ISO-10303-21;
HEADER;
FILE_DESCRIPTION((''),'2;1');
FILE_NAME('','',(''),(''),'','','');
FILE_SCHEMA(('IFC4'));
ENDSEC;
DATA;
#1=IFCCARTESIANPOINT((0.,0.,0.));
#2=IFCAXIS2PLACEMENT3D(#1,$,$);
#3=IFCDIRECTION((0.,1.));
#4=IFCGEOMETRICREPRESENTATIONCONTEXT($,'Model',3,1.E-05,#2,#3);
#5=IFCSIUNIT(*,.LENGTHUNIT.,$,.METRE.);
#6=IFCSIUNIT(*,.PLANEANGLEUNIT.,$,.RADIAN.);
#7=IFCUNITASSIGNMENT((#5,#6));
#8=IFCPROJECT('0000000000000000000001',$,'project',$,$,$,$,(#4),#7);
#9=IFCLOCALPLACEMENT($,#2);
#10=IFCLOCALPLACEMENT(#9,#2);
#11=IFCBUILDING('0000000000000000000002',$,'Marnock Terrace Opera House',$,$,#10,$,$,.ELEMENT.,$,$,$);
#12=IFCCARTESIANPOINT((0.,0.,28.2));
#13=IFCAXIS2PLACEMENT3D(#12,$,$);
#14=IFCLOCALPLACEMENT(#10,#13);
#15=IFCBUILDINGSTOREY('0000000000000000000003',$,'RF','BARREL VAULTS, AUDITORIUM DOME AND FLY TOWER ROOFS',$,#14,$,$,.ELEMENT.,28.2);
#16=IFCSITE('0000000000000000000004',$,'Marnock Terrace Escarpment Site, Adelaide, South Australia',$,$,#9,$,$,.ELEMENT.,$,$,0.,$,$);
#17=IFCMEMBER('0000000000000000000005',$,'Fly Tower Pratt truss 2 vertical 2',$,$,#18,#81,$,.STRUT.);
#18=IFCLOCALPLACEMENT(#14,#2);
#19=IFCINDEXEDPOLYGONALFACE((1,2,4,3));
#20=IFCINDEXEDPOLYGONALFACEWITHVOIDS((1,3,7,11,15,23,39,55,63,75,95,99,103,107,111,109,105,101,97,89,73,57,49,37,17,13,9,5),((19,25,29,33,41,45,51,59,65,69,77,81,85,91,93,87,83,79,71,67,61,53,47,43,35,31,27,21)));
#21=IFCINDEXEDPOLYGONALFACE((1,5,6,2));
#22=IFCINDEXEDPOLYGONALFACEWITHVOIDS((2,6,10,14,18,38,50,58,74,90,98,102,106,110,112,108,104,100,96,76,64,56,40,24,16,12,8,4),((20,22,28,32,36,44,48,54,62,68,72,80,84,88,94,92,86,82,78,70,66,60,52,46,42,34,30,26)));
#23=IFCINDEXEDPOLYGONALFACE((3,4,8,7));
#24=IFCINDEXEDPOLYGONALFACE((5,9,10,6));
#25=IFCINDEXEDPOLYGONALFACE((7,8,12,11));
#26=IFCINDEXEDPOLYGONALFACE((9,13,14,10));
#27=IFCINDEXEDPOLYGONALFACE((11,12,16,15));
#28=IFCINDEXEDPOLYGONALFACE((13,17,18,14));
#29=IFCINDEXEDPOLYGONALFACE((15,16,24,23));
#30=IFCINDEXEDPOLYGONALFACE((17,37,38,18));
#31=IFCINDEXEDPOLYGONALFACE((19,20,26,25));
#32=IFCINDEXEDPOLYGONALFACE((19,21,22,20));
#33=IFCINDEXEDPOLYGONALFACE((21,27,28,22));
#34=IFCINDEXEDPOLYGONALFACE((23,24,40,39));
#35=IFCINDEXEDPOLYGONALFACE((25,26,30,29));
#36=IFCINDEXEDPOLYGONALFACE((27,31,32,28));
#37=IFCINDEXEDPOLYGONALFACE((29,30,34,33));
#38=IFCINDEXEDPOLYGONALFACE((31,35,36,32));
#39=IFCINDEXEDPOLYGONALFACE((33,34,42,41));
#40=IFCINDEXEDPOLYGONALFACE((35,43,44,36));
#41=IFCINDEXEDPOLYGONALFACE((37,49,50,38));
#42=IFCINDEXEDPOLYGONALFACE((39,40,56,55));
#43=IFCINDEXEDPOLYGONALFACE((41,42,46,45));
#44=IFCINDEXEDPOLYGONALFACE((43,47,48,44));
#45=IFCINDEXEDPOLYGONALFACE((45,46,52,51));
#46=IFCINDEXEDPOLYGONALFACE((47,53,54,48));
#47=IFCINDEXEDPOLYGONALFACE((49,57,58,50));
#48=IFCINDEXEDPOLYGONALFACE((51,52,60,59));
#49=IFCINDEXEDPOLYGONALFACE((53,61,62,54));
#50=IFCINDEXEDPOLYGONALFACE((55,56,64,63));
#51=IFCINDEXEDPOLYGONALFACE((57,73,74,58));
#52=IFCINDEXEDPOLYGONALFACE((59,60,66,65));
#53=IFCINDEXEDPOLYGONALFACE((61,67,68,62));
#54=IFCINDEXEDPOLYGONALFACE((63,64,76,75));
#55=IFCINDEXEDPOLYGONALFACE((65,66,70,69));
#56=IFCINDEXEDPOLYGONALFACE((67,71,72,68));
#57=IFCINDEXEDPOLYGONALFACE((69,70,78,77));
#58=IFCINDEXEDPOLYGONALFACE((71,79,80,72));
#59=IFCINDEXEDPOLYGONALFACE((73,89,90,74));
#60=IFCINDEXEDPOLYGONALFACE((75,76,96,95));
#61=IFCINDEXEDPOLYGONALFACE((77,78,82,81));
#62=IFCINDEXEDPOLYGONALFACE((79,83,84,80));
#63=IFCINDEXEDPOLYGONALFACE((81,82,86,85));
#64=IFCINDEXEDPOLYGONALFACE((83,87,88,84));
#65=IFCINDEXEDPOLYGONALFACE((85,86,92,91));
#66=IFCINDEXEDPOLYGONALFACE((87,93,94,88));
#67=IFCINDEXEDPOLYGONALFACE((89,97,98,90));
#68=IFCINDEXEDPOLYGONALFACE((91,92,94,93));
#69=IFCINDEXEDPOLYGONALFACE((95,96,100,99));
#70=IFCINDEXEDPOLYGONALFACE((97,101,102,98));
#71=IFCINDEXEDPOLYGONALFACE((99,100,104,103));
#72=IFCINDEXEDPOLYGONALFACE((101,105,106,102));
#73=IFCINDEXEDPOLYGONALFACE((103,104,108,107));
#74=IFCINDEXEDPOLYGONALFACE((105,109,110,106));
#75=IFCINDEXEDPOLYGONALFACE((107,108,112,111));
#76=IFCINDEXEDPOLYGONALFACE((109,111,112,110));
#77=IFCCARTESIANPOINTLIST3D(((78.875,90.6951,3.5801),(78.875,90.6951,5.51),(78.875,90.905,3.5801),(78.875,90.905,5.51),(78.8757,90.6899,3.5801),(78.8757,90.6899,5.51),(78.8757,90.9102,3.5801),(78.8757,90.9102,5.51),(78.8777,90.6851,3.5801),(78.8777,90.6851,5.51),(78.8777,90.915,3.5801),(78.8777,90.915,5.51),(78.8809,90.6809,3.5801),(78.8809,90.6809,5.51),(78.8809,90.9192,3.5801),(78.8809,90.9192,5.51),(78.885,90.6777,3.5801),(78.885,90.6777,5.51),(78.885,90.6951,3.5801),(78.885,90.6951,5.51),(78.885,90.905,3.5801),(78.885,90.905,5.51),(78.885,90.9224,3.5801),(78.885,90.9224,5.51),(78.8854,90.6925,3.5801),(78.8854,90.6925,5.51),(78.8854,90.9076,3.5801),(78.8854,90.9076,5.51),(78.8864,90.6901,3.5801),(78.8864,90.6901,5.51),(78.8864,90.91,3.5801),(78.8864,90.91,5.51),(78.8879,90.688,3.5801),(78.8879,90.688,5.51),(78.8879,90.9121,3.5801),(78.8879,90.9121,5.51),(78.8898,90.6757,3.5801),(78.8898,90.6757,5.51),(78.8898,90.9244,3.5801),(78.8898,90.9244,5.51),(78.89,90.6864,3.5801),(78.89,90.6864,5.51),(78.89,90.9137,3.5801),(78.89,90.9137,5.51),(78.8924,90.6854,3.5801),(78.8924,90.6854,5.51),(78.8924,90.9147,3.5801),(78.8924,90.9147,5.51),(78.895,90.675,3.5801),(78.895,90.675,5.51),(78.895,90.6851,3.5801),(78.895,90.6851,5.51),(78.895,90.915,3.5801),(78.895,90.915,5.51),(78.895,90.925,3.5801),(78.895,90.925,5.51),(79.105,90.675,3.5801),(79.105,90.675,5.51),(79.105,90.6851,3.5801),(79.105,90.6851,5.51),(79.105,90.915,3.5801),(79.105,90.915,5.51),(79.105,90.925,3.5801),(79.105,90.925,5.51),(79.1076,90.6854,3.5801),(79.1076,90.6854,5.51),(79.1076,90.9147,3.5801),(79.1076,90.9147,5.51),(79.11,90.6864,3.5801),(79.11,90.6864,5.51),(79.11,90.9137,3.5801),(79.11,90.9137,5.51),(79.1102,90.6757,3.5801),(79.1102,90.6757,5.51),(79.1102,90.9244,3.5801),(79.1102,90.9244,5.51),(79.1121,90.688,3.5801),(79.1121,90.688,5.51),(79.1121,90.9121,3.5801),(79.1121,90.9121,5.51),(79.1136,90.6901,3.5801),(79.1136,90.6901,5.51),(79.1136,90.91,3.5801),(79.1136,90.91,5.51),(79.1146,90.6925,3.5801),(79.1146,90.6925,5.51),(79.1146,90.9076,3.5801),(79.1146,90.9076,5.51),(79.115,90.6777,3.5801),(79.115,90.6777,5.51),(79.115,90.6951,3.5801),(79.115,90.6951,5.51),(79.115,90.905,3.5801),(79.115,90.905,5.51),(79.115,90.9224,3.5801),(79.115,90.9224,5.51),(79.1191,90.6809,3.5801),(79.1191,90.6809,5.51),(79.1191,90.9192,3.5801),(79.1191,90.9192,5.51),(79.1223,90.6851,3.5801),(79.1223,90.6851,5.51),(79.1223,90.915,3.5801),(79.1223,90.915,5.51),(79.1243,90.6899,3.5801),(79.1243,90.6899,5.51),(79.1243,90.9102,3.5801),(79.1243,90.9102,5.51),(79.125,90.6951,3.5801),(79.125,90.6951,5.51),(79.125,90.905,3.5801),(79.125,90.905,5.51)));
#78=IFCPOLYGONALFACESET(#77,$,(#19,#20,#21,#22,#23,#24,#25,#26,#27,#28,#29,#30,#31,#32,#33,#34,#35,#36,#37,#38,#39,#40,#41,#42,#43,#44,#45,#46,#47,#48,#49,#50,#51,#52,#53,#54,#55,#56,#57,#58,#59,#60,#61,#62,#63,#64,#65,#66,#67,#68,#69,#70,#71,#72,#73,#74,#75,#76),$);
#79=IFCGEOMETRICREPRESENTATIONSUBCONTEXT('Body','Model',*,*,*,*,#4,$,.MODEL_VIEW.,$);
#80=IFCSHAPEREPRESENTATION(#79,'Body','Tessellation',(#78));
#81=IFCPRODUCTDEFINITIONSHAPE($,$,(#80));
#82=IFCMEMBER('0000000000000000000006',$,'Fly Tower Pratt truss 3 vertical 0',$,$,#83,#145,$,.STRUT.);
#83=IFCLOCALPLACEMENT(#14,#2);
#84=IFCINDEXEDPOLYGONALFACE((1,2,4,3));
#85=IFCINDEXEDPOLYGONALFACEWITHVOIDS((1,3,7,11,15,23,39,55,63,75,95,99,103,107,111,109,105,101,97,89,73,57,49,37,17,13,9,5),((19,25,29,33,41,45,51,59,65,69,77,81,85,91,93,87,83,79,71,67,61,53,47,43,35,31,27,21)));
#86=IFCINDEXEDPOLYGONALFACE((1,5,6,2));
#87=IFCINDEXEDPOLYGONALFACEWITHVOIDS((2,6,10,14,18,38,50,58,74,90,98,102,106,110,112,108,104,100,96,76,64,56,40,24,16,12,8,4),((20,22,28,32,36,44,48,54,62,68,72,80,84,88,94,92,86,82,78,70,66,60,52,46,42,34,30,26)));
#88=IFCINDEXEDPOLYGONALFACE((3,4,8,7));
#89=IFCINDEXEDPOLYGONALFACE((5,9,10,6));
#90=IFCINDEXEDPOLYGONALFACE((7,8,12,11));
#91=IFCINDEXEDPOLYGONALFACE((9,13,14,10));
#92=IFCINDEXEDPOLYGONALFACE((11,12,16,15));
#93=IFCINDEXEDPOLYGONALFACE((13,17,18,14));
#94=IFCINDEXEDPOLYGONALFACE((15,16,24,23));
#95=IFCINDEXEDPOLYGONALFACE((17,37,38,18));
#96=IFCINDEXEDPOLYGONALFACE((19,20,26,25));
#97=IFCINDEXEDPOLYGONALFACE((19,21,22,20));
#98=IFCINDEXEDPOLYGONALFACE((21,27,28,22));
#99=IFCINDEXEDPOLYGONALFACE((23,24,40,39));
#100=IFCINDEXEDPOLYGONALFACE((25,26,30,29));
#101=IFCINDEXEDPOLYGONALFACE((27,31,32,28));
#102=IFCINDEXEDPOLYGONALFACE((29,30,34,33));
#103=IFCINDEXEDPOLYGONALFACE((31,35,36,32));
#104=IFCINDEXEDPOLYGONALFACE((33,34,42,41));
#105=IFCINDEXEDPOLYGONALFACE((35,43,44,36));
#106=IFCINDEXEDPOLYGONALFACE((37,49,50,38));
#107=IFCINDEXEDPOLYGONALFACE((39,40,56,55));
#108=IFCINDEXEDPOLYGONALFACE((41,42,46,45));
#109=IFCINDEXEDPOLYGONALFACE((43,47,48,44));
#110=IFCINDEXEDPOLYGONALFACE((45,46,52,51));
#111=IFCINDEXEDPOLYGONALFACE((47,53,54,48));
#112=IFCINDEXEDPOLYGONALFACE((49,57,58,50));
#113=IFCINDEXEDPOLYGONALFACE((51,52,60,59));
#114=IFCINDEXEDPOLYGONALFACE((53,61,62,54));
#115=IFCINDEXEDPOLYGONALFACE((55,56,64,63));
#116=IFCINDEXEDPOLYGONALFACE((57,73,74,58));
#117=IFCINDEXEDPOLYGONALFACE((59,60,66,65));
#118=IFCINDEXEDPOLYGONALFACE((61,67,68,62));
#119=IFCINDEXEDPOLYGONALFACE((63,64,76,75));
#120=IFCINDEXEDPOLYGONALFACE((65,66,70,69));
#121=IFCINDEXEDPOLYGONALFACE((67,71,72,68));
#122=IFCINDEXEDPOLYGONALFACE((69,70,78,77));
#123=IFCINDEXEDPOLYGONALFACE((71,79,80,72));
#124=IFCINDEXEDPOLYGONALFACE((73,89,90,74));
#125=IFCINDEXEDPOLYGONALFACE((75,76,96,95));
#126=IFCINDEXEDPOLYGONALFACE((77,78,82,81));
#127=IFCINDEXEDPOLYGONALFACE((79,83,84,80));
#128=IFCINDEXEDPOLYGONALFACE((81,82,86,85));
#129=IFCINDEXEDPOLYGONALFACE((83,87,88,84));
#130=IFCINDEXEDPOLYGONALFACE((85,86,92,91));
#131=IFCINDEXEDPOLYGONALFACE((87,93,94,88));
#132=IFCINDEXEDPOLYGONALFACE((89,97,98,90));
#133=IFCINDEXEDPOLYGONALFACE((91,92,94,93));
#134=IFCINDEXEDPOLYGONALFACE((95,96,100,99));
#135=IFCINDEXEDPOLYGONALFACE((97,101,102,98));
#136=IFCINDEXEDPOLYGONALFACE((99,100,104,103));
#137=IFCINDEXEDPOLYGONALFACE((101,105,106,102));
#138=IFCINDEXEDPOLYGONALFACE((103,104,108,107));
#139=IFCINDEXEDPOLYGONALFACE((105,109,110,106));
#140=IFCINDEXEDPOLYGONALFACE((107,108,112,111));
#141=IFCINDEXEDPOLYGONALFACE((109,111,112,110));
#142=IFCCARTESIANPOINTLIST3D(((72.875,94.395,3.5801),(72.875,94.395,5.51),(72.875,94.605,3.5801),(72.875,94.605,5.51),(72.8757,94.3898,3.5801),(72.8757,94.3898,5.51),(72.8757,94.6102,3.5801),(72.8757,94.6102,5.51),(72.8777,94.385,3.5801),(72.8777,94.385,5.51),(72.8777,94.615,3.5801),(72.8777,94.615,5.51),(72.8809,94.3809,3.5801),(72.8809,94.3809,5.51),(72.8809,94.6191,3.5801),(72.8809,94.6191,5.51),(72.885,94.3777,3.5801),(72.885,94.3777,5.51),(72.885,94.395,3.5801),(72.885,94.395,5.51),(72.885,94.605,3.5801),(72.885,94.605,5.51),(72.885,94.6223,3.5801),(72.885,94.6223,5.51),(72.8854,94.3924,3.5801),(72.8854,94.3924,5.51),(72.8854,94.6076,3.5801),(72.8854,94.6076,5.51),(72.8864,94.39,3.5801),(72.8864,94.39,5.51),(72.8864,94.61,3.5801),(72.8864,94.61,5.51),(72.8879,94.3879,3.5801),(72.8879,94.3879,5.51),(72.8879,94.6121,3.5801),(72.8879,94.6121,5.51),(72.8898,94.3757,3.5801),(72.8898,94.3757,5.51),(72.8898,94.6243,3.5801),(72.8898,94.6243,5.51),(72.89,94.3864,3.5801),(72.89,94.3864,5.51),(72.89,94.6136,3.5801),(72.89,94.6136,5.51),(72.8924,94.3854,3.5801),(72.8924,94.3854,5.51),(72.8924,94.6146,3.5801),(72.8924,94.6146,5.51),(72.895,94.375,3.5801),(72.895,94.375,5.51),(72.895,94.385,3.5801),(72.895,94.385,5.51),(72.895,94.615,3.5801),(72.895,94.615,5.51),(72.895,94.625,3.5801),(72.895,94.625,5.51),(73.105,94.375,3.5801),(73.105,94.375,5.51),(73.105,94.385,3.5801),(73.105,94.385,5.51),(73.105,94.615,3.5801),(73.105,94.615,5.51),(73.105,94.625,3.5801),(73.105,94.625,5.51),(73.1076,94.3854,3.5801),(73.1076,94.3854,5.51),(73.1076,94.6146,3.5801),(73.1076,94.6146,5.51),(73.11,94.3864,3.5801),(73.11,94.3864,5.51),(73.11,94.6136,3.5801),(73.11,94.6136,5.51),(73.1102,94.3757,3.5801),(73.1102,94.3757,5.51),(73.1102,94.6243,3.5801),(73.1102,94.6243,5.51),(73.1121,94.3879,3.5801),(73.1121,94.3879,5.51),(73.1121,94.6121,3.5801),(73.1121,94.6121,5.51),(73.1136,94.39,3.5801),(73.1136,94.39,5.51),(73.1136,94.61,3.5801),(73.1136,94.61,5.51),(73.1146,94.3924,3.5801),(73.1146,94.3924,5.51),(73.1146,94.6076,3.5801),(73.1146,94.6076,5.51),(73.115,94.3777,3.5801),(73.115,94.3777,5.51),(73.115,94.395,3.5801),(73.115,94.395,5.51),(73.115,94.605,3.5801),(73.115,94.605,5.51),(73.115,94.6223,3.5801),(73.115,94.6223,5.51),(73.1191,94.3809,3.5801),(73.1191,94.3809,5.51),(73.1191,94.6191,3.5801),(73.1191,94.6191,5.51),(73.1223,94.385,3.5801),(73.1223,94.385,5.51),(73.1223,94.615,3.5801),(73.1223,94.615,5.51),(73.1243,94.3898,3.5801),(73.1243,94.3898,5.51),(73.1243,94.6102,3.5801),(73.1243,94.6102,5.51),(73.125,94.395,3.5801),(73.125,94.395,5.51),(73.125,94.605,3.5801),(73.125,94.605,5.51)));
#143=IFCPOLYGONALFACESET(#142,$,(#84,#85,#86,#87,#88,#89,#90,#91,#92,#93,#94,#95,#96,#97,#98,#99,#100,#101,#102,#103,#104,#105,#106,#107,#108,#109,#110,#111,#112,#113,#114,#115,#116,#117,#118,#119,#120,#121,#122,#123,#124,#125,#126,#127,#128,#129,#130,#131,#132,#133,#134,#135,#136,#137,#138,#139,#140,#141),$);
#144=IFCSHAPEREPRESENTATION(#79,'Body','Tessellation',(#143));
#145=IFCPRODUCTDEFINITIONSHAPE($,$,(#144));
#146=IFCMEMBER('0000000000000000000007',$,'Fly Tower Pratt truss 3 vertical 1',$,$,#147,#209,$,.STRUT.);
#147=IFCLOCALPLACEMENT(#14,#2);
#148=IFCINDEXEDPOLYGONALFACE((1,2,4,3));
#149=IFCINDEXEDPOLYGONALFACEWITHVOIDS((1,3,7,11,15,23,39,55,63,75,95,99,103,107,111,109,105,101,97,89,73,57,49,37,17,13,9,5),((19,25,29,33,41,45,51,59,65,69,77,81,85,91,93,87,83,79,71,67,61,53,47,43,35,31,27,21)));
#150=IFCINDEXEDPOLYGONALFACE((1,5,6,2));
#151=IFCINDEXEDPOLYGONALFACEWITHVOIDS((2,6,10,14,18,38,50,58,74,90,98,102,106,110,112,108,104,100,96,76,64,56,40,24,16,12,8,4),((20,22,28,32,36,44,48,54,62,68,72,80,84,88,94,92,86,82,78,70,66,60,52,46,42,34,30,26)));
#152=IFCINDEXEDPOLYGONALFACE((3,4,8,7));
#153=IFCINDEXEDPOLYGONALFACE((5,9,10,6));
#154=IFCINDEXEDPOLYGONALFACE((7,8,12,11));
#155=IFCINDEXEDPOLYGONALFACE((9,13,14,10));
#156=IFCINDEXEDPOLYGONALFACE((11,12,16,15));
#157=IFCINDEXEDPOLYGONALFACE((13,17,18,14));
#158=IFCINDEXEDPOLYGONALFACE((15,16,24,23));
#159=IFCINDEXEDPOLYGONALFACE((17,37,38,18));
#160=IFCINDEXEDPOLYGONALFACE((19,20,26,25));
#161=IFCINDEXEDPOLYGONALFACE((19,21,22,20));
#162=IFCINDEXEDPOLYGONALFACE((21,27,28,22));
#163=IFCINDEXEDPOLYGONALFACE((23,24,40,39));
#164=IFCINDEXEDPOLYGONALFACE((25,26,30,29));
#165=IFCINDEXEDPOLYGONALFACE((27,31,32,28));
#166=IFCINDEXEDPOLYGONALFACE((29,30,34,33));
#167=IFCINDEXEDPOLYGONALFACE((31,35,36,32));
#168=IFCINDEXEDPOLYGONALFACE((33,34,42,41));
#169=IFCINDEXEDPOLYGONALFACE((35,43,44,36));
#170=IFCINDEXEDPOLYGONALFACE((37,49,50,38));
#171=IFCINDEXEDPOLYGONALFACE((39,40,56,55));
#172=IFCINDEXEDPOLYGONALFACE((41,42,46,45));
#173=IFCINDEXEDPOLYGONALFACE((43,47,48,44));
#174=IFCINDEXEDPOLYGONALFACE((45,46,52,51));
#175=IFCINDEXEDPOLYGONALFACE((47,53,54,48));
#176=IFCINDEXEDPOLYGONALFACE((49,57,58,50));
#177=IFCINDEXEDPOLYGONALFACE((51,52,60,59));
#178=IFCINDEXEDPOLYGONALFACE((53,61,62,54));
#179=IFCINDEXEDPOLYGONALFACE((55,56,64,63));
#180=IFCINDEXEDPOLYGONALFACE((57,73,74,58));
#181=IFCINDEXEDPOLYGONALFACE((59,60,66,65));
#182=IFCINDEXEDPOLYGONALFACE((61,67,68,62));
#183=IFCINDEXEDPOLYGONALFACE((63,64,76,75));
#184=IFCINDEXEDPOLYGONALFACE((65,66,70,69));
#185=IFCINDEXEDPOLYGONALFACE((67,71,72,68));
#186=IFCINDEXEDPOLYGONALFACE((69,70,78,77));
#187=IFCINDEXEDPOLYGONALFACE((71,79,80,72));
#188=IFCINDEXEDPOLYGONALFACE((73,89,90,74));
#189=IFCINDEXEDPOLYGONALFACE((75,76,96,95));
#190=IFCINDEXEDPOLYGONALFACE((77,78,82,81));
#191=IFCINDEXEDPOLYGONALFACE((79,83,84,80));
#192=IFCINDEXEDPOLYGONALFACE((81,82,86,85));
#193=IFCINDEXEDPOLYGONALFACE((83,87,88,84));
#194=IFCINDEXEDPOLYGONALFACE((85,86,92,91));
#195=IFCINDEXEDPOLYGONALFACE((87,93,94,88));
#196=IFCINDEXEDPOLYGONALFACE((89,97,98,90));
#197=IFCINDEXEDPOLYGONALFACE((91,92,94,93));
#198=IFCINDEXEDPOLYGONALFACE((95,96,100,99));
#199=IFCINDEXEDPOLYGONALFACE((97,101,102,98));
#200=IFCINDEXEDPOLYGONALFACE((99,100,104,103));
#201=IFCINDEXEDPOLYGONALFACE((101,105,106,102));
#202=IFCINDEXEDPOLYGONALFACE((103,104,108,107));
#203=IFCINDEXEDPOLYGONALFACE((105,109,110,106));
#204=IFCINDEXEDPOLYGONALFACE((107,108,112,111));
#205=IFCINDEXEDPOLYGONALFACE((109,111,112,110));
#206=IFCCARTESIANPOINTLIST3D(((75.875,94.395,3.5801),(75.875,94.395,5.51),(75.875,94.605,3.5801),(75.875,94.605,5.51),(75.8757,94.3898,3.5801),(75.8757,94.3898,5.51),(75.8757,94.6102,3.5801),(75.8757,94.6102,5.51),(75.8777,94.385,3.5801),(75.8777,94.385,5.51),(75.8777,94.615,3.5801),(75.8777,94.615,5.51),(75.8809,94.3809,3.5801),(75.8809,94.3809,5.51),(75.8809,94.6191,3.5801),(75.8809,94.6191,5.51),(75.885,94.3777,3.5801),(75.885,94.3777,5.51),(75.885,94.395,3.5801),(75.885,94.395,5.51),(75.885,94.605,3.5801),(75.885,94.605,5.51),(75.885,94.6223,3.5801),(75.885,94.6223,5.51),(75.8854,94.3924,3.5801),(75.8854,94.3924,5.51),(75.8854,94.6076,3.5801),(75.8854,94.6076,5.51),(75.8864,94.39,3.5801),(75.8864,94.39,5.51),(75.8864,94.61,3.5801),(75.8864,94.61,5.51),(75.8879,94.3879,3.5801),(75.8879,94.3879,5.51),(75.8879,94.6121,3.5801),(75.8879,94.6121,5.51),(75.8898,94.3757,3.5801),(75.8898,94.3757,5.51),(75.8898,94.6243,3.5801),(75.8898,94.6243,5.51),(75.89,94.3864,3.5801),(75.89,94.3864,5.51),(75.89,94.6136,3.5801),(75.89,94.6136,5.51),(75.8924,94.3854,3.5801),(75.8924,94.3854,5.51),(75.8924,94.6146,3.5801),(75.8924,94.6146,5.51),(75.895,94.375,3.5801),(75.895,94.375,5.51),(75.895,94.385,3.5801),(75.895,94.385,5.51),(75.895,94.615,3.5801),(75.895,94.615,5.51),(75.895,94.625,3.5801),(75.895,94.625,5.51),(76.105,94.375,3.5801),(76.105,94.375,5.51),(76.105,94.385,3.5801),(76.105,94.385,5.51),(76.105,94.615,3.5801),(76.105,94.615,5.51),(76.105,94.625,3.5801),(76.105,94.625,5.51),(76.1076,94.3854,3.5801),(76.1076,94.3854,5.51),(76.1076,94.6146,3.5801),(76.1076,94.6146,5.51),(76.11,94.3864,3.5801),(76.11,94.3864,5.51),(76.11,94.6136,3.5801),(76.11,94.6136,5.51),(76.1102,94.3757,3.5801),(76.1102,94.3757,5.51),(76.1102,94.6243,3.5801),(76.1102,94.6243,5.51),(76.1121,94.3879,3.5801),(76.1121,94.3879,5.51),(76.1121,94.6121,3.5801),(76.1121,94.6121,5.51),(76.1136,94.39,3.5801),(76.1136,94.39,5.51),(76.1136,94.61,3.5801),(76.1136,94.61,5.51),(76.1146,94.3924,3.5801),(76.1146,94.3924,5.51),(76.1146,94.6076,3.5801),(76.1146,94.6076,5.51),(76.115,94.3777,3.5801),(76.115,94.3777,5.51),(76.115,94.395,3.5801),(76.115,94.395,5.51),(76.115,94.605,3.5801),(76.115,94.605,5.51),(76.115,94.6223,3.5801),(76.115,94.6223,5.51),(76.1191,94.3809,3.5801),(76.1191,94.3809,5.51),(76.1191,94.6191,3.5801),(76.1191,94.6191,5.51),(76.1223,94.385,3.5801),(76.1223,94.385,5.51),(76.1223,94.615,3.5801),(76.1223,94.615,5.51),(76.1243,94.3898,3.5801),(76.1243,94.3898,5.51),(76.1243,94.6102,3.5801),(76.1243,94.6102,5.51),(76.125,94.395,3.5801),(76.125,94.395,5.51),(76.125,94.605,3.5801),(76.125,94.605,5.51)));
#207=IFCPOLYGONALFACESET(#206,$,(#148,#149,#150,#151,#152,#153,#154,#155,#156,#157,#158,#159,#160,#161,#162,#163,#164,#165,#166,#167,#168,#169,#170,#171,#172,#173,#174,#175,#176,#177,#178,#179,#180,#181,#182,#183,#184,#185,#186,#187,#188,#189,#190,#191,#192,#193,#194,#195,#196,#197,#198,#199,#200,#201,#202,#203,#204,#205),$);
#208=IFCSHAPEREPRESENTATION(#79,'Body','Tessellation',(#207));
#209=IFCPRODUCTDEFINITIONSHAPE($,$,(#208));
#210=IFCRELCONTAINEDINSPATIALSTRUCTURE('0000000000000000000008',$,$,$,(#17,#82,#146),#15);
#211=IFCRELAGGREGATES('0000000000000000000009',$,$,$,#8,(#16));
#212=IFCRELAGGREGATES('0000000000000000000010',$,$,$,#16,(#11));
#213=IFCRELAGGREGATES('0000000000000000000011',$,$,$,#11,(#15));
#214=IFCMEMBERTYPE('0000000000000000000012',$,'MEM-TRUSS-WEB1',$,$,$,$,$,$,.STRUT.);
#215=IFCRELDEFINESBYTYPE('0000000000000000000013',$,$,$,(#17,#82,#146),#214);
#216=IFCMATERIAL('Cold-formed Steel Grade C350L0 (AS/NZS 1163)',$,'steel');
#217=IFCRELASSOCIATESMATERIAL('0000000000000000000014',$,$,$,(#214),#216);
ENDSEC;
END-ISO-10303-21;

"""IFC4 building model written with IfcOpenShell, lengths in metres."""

from ifc_helpers import new_model, si_unit, direction, frame, origin, origin_2d, place, context, subcontext, project, spatial, hollow_rectangle, extrude, material, material_profile, profile_set, type_object, element, save


model = new_model("IFC4")

# Units and contexts
model_context = context("Model", 3, precision=1e-05, world=origin(), true_north=direction((0.0, 1.0)))
body_context = subcontext(model_context, "Body", "Model", "MODEL_VIEW")
ifc_project = project(units=[si_unit("LENGTHUNIT", "METRE"), si_unit("PLANEANGLEUNIT", "RADIAN")], contexts=[model_context])

# Site, building, storey
site_placement = place(None, origin())
site = spatial("IfcSite", under=ifc_project, at=site_placement, Name="Marnock Terrace Escarpment Site, Adelaide, South Australia", CompositionType="ELEMENT", RefElevation=0.0)
building_placement = place(site_placement, origin())
building = spatial("IfcBuilding", under=site, at=building_placement, Name="Marnock Terrace Opera House", CompositionType="ELEMENT")
storey_placement = place(building_placement, frame((0.0, 0.0, 28.2)))
storey = spatial("IfcBuildingStorey", under=building, at=storey_placement, Name="RF", Description="BARREL VAULTS, AUDITORIUM DOME AND FLY TOWER ROOFS", CompositionType="ELEMENT", Elevation=28.2)

# Members
ifc_material_1 = material(Name="Cold-formed Steel Grade C350L0 (AS/NZS 1163)", Category="steel")
ifc_material_profile_1 = material_profile(ifc_material_1, hollow_rectangle(XDim=0.25, YDim=0.25, WallThickness=0.01, InnerFilletRadius=0.01, OuterFilletRadius=0.02, at=origin_2d()))
ifc_profile_set_1 = profile_set([ifc_material_profile_1], Name="Cold-formed Steel Grade C350L0 (AS/NZS 1163)")
member_type_1 = type_object("IfcMemberType", Name="MEM-TRUSS-WEB1", PredefinedType="STRUT", material=ifc_profile_set_1)
for number, where, z_axis, x_axis, name in (
    (1, (79.0, 90.8, 3.5801), (0.0, 0.0, 1.0), (1.0, 0.0, 0.0), "Fly Tower Pratt truss 2 vertical 2"),
    (2, (73.0, 94.5, 3.5801), (0.0, 0.0, 1.0), (1.0, 0.0, 0.0), "Fly Tower Pratt truss 3 vertical 0"),
    (3, (76.0, 94.5, 3.5801), (0.0, 0.0, 1.0), (1.0, 0.0, 0.0), "Fly Tower Pratt truss 3 vertical 1"),
):
    element("IfcMember", number, at=place(storey_placement, frame(where, z_axis=z_axis, x_axis=x_axis)), inside=storey, type_object=member_type_1, Name=name, PredefinedType="STRUT", context=body_context, shape_type="SweptSolid", body=[
        extrude(hollow_rectangle(XDim=0.25, YDim=0.25, WallThickness=0.01, InnerFilletRadius=0.01, OuterFilletRadius=0.02, at=origin_2d()), origin(), (0.0, 0.0, 1.0), 1.9299),
    ])

save(model, "model.ifc")
